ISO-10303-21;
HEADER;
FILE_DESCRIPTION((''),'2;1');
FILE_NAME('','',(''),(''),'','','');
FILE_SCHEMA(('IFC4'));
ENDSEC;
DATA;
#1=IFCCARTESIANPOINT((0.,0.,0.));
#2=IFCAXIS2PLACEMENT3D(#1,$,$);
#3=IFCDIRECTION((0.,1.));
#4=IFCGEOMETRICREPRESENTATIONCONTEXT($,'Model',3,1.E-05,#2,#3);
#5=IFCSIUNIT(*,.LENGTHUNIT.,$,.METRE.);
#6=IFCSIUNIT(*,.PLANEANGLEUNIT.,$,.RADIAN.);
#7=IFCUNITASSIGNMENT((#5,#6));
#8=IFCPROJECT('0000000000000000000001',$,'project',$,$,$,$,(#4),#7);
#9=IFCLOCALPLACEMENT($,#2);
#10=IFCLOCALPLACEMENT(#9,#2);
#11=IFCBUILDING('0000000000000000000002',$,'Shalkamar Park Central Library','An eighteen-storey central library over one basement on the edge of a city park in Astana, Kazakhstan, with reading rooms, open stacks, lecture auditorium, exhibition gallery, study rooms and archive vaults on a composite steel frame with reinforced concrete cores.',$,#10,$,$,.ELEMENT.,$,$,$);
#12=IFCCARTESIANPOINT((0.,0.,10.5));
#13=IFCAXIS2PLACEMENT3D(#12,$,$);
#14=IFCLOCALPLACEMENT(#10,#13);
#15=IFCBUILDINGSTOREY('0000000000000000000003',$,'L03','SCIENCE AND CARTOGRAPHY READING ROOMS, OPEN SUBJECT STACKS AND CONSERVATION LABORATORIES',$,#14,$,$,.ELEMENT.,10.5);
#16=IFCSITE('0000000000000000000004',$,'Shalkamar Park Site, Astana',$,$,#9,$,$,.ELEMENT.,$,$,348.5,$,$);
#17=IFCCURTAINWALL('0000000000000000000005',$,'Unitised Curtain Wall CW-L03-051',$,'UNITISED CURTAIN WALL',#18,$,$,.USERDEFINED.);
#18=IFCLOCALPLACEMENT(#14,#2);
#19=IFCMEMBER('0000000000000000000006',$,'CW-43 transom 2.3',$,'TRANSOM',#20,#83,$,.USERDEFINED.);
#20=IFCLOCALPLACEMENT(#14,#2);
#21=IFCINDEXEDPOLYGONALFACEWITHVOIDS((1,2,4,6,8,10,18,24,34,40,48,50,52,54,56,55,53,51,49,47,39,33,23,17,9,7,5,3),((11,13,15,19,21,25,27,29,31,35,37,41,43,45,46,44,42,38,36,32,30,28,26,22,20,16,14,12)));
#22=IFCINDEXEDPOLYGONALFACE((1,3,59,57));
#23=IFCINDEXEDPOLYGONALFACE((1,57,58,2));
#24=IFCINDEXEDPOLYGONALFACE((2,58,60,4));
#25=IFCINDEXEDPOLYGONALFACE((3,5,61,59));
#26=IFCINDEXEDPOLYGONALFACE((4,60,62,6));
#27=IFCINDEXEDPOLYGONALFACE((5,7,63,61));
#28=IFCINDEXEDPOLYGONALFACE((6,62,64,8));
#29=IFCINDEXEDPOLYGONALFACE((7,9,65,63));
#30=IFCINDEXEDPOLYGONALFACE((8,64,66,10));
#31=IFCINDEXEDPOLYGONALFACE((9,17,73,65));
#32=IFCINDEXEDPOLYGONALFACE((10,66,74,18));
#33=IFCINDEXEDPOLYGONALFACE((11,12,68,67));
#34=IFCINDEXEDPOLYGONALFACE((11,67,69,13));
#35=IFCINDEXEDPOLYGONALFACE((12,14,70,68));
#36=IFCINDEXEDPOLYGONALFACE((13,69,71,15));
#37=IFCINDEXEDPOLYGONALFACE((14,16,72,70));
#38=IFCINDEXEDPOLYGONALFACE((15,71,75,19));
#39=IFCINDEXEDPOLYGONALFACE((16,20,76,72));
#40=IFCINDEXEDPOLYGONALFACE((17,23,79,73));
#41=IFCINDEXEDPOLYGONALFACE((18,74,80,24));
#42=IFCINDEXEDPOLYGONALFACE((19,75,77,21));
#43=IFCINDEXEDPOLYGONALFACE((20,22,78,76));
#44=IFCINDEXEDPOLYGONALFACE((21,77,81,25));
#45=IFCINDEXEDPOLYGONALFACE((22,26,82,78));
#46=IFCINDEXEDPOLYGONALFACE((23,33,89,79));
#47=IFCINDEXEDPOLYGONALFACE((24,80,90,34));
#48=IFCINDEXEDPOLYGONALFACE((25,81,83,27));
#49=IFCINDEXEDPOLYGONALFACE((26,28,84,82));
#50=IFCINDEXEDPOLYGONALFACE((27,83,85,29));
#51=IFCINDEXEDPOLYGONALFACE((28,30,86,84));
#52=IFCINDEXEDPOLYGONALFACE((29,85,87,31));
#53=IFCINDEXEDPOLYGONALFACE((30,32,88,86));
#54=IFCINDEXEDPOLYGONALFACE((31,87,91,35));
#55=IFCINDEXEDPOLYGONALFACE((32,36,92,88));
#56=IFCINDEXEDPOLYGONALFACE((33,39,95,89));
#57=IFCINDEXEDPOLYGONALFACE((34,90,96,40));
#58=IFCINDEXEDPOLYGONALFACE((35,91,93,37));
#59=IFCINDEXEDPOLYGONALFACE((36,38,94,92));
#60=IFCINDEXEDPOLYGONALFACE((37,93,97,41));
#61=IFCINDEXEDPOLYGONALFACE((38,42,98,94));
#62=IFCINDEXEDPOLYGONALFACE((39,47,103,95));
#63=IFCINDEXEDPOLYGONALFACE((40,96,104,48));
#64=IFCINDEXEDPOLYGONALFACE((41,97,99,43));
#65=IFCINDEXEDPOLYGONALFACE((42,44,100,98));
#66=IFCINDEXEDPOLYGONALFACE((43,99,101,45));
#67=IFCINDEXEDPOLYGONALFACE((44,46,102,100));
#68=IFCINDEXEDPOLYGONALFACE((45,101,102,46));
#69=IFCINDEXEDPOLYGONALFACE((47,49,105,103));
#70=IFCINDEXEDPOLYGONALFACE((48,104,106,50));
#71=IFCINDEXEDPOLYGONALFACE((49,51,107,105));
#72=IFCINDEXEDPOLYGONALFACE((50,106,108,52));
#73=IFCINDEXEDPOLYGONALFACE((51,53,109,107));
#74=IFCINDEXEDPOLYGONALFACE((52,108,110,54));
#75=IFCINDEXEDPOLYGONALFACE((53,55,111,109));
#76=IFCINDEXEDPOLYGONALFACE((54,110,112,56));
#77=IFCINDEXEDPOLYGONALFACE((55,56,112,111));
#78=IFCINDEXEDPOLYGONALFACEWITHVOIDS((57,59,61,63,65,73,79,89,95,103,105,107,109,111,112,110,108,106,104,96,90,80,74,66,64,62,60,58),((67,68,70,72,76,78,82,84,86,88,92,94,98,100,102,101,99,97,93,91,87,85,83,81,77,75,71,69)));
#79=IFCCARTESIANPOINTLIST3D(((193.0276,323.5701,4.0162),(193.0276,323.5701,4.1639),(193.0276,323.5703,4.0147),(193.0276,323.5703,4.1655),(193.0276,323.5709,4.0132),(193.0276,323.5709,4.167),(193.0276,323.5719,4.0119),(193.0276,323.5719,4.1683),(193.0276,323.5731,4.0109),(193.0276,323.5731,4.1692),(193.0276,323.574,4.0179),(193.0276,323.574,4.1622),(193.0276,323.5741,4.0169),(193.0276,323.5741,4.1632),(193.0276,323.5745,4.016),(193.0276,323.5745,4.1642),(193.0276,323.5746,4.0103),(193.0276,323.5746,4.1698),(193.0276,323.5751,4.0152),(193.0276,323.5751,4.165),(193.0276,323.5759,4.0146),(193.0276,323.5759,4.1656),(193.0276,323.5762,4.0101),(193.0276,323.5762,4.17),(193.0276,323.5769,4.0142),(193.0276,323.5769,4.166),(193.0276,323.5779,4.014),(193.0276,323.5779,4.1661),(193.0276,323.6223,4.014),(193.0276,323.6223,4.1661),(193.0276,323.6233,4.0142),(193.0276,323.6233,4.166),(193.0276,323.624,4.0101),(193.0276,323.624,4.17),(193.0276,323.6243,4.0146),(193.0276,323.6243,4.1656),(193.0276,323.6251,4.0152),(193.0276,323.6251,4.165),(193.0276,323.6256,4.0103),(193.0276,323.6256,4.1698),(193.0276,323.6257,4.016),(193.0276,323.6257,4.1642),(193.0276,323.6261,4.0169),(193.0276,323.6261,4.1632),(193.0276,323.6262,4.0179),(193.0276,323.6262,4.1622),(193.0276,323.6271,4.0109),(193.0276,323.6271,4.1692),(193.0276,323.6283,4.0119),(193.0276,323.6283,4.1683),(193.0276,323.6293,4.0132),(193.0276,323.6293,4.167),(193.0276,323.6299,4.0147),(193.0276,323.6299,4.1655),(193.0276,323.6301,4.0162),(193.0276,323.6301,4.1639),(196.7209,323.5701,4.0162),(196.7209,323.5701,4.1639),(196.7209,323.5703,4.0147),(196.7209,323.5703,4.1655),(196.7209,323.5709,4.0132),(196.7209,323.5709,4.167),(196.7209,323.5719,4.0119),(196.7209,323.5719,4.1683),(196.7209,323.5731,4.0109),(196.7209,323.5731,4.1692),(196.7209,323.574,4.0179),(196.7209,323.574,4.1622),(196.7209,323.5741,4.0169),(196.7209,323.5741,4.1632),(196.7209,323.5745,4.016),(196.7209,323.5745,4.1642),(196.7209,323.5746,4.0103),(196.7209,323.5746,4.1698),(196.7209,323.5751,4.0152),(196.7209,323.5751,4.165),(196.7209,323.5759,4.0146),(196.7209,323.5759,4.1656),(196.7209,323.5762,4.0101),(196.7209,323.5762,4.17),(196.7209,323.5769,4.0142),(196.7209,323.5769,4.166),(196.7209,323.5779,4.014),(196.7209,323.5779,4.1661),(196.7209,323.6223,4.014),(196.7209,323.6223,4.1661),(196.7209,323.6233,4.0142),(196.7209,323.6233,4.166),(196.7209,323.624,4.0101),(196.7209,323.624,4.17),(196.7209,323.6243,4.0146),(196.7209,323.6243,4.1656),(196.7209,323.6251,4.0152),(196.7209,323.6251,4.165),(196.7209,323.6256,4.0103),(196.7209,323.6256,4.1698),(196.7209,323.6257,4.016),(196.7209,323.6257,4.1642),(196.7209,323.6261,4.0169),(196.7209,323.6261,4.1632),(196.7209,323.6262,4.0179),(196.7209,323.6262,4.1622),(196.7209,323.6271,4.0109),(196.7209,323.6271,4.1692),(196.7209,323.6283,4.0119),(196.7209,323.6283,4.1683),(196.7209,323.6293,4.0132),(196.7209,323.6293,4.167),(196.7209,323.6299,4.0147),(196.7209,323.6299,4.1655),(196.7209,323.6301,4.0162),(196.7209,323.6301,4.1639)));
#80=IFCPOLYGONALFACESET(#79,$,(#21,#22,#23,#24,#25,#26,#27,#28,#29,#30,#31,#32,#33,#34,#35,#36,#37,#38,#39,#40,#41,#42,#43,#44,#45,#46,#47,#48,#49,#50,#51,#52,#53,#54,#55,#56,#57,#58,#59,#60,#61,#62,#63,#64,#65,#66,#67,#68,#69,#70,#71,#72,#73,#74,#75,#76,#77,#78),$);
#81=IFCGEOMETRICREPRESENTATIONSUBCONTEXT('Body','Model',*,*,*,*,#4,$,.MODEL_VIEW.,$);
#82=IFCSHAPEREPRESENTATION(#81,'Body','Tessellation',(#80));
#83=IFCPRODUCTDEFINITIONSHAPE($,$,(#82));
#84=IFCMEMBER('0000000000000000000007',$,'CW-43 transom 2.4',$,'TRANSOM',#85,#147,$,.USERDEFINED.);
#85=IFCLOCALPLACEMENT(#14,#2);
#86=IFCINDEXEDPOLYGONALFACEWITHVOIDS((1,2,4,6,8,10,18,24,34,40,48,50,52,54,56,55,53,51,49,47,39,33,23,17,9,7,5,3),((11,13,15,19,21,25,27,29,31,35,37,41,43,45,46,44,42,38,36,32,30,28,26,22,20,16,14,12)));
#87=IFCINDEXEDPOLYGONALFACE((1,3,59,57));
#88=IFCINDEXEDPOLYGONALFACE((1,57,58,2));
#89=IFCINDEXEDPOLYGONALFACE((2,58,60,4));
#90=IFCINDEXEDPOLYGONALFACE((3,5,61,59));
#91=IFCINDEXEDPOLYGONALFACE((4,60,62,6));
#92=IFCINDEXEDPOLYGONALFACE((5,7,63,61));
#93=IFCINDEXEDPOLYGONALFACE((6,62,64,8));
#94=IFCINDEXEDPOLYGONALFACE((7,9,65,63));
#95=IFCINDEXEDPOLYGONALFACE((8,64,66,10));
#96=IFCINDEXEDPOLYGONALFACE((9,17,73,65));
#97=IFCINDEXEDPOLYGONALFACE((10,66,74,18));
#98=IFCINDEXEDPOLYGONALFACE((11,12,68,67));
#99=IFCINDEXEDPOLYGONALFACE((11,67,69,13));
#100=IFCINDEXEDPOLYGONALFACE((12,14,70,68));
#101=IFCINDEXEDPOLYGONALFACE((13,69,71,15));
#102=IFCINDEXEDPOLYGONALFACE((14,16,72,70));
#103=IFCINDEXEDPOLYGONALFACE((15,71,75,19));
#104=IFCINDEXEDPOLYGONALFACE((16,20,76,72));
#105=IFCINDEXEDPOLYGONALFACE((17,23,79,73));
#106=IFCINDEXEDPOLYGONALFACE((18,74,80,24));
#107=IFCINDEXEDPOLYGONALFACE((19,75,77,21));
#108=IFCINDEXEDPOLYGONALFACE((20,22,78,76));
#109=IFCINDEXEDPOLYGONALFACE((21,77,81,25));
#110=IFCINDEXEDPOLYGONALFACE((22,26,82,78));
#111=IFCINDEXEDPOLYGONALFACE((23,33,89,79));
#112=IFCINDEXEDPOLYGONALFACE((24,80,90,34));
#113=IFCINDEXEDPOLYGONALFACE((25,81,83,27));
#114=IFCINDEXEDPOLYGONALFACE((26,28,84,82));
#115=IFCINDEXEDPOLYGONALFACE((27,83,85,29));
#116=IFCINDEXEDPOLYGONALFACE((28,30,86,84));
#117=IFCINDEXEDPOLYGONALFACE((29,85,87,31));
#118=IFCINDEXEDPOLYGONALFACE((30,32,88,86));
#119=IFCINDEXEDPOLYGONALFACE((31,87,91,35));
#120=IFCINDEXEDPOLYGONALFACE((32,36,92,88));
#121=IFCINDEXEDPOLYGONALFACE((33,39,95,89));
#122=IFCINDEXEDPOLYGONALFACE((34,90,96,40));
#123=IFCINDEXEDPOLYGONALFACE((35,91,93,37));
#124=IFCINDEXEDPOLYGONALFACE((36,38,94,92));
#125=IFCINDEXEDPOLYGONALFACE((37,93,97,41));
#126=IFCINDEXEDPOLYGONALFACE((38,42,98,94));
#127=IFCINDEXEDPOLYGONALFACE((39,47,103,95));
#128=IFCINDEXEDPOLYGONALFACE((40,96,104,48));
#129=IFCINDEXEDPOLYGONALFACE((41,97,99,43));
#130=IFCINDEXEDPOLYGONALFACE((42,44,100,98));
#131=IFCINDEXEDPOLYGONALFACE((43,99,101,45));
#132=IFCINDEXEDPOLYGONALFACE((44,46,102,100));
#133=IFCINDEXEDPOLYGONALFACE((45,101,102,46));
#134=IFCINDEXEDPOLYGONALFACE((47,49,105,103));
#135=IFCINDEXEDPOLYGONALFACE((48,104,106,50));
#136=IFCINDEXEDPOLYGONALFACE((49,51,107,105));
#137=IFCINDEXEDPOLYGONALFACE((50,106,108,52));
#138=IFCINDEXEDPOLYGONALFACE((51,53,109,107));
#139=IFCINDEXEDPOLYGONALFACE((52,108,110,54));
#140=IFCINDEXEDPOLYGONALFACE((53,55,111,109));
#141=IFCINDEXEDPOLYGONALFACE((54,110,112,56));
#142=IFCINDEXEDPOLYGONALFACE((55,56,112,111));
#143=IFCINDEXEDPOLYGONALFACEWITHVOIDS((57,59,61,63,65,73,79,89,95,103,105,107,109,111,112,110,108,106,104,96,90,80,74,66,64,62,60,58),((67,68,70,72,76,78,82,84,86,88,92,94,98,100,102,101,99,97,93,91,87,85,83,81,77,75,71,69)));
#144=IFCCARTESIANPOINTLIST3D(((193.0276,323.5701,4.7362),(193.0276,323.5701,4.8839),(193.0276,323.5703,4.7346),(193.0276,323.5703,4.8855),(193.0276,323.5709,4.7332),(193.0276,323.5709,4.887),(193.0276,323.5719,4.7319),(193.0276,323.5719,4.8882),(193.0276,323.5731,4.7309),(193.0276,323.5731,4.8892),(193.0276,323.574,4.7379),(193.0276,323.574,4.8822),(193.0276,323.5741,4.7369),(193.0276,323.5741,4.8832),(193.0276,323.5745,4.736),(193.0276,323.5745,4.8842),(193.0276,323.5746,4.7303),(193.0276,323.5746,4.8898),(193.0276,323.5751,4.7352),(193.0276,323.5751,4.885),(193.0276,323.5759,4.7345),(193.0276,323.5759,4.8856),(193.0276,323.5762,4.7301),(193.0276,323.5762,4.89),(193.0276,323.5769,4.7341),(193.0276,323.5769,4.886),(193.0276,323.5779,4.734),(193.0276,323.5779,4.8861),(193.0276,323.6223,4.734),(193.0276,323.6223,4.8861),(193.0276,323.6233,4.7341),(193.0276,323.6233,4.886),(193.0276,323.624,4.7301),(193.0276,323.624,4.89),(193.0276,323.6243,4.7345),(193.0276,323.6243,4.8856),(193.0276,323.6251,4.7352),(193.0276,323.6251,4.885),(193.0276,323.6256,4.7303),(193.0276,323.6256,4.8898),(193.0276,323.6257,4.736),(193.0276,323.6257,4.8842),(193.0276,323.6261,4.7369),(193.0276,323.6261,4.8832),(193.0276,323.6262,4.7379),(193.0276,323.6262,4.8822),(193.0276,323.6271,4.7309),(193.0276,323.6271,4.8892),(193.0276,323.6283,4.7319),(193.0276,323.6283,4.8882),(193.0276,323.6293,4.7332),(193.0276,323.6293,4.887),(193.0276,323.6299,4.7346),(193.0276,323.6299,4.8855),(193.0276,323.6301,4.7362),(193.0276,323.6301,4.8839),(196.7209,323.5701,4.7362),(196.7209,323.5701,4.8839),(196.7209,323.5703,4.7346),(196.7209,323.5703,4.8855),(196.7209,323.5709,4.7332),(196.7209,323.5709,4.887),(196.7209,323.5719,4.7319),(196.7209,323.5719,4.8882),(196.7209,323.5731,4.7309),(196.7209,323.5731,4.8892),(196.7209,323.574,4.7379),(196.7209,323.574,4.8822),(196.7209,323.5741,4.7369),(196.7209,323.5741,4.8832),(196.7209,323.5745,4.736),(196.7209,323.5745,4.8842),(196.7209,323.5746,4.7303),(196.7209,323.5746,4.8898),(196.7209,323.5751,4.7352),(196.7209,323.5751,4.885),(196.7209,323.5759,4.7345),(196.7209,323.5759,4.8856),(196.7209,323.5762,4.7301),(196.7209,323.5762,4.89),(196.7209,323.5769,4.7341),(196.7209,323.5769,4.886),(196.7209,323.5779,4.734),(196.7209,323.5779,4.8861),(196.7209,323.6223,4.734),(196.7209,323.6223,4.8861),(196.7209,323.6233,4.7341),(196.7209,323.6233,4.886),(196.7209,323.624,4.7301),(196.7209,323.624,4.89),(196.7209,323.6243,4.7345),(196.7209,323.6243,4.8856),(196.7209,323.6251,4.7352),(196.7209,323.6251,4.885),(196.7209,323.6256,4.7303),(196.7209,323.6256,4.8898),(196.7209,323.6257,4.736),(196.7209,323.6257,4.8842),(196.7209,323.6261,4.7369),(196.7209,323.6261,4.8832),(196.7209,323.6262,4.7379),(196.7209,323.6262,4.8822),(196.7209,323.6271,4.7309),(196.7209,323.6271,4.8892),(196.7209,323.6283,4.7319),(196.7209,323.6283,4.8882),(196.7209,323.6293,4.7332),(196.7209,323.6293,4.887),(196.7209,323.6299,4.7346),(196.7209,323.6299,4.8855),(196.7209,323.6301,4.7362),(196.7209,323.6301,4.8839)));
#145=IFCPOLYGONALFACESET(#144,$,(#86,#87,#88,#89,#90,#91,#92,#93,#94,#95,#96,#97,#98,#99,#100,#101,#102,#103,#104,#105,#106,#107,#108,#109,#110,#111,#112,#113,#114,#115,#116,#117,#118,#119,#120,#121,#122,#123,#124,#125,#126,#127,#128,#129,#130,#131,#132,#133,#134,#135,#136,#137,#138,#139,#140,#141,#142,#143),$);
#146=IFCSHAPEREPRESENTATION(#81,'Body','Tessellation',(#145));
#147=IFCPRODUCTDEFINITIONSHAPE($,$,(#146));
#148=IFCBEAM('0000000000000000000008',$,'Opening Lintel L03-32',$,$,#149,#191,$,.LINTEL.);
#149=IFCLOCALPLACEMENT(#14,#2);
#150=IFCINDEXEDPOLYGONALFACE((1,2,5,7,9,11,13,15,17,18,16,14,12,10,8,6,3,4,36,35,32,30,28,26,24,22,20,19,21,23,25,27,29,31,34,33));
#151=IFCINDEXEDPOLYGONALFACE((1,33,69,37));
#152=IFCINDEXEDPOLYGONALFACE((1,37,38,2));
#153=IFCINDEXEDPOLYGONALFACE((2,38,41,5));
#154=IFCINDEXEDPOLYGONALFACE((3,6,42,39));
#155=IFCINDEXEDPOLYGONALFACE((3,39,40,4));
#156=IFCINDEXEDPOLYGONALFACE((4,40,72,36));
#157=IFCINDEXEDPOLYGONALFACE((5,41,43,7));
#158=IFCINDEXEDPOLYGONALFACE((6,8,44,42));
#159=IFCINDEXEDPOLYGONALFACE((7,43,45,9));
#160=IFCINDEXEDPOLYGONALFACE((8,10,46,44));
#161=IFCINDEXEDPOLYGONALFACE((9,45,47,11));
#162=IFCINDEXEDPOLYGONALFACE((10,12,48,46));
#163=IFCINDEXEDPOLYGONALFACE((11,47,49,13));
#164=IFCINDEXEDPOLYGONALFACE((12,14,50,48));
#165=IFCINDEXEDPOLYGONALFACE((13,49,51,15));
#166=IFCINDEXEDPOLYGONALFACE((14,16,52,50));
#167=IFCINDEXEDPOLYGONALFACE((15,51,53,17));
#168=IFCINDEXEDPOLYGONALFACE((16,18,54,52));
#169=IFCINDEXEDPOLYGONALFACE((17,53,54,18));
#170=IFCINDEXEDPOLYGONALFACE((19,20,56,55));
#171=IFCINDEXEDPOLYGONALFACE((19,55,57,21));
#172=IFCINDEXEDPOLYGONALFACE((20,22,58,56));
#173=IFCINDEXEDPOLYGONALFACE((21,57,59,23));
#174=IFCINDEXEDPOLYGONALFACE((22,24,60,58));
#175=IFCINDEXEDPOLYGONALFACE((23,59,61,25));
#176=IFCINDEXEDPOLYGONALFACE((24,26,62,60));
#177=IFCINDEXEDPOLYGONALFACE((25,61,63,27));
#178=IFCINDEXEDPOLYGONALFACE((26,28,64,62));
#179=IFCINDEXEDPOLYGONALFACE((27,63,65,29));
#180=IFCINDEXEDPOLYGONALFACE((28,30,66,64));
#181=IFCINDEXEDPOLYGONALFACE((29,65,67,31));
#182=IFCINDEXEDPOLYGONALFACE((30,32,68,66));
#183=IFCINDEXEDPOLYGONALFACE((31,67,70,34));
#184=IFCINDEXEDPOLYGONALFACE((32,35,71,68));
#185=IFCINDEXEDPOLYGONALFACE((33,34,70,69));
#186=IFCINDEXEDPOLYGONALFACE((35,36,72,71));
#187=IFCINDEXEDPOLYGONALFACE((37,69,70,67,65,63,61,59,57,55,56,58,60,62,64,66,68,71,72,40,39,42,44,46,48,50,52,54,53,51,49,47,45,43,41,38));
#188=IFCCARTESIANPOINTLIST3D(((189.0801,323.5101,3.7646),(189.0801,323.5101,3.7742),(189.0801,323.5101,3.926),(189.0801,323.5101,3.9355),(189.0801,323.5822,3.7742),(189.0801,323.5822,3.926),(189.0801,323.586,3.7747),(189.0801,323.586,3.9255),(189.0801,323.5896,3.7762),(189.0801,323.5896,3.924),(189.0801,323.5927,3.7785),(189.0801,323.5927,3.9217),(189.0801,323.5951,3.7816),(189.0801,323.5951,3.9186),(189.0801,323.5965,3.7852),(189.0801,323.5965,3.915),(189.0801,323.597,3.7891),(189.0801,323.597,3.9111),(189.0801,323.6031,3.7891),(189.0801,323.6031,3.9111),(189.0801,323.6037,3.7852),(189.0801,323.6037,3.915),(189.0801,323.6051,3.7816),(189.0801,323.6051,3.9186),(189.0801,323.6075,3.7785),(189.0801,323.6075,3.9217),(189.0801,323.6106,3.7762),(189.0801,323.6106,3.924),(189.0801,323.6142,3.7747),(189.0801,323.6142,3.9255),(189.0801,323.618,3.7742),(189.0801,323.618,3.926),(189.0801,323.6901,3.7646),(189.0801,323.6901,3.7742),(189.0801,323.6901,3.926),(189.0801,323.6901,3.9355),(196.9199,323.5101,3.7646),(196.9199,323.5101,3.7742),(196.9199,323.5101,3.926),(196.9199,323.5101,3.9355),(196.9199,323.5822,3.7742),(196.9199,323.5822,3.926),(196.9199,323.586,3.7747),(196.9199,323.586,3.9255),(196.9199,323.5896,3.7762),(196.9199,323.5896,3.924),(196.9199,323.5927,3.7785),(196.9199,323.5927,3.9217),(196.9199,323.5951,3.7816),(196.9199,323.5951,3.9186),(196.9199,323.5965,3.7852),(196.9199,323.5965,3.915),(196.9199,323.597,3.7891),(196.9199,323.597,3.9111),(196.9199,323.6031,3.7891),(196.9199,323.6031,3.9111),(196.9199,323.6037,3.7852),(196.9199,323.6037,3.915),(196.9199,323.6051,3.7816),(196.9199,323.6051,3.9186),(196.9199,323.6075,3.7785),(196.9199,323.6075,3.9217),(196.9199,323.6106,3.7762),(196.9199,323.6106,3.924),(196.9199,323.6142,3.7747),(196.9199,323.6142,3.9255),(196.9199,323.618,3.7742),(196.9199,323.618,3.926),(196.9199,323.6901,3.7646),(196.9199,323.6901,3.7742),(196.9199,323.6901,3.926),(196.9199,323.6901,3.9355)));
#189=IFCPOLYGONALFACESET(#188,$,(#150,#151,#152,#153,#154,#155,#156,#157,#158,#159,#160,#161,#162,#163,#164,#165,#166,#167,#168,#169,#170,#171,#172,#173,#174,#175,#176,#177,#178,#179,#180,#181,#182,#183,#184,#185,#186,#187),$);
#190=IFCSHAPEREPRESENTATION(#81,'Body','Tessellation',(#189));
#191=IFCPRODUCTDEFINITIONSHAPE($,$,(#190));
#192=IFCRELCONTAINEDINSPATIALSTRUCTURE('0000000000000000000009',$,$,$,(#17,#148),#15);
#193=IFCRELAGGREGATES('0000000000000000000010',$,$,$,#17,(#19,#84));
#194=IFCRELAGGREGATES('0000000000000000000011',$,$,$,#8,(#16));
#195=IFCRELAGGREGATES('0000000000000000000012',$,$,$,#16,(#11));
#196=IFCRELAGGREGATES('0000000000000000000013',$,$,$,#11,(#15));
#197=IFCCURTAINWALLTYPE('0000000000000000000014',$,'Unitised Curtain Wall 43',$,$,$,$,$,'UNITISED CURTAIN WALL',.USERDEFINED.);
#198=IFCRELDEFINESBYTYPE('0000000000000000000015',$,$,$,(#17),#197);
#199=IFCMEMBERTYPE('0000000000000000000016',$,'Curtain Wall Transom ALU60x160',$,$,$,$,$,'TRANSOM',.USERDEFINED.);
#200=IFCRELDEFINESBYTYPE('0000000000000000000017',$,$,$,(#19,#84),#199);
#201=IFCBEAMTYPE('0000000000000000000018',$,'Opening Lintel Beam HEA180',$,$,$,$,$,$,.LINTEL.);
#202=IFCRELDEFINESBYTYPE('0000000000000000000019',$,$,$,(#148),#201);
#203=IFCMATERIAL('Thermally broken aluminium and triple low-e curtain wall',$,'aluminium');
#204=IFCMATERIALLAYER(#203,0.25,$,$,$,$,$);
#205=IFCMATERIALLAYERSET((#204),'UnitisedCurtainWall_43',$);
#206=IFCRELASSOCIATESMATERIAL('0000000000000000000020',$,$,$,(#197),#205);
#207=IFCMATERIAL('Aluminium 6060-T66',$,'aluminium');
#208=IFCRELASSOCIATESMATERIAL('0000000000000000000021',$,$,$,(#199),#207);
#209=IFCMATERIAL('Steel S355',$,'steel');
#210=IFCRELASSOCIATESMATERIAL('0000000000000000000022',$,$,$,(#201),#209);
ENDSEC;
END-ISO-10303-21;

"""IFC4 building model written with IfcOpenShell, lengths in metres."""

from ifc_helpers import new_model, si_unit, direction, frame, origin, origin_2d, place, context, subcontext, project, spatial, hollow_rectangle, i_section, extrude, material, layer, layer_set, material_profile, profile_set, type_object, element, aggregate, save


model = new_model("IFC4")

# Units and contexts
model_context = context("Model", 3, precision=1e-05, world=origin(), true_north=direction((0.0, 1.0)))
body_context = subcontext(model_context, "Body", "Model", "MODEL_VIEW")
ifc_project = project(units=[si_unit("LENGTHUNIT", "METRE"), si_unit("PLANEANGLEUNIT", "RADIAN")], contexts=[model_context])

# Site, building, storey
site_placement = place(None, origin())
site = spatial("IfcSite", under=ifc_project, at=site_placement, Name="Shalkamar Park Site, Astana", CompositionType="ELEMENT", RefElevation=348.5)
building_placement = place(site_placement, origin())
building = spatial("IfcBuilding", under=site, at=building_placement, Name="Shalkamar Park Central Library", Description="An eighteen-storey central library over one basement on the edge of a city park in Astana, Kazakhstan, with reading rooms, open stacks, lecture auditorium, exhibition gallery, study rooms and archive vaults on a composite steel frame with reinforced concrete cores.", CompositionType="ELEMENT")
storey_placement = place(building_placement, frame((0.0, 0.0, 10.5)))
storey = spatial("IfcBuildingStorey", under=building, at=storey_placement, Name="L03", Description="SCIENCE AND CARTOGRAPHY READING ROOMS, OPEN SUBJECT STACKS AND CONSERVATION LABORATORIES", CompositionType="ELEMENT", Elevation=10.5)

# Shared definitions
ifc_material_1 = material(Name="Steel S355", Category="steel")

# Curtain wall, members
ifc_material_2 = material(Name="Thermally broken aluminium and triple low-e curtain wall", Category="aluminium")
ifc_layer_1 = layer(ifc_material_2, 0.25)
ifc_layer_set_1 = layer_set([ifc_layer_1], Name="UnitisedCurtainWall_43")
curtain_wall_type = type_object("IfcCurtainWallType", Name="Unitised Curtain Wall 43", ElementType="UNITISED CURTAIN WALL", PredefinedType="USERDEFINED", material=ifc_layer_set_1)
curtain_wall_placement = place(storey_placement, origin())
curtain_wall = element("IfcCurtainWall", 1, at=curtain_wall_placement, inside=storey, type_object=curtain_wall_type, Name="Unitised Curtain Wall CW-L03-051", ObjectType="UNITISED CURTAIN WALL", PredefinedType="USERDEFINED")
ifc_material_3 = material(Name="Aluminium 6060-T66", Category="aluminium")
ifc_material_profile_1 = material_profile(ifc_material_3, hollow_rectangle(XDim=0.0601, YDim=0.1599, WallThickness=0.0039, InnerFilletRadius=0.0039, OuterFilletRadius=0.0061, at=origin_2d()), Name="ALU 60x160x4")
ifc_profile_set_1 = profile_set([ifc_material_profile_1], Name="Aluminium 6060-T66")
member_type_1 = type_object("IfcMemberType", Name="Curtain Wall Transom ALU60x160", ElementType="TRANSOM", PredefinedType="USERDEFINED", material=ifc_profile_set_1)
member_1_placement = place(storey_placement, frame((193.0276, 323.6001, 4.0901), z_axis=(1.0, 0.0, 0.0), x_axis=(0.0, 1.0, 0.0)))
member_1 = element("IfcMember", 2, at=member_1_placement, type_object=member_type_1, Name="CW-43 transom 2.3", ObjectType="TRANSOM", PredefinedType="USERDEFINED", context=body_context, shape_type="SweptSolid", body=[
    extrude(hollow_rectangle(XDim=0.0601, YDim=0.1599, WallThickness=0.0039, InnerFilletRadius=0.0039, OuterFilletRadius=0.0061, at=origin_2d()), origin(), (0.0, 0.0, 1.0), 3.6934),
])
member_2_placement = place(storey_placement, frame((193.0276, 323.6001, 4.8101), z_axis=(1.0, 0.0, 0.0), x_axis=(0.0, 1.0, 0.0)))
member_2 = element("IfcMember", 3, at=member_2_placement, type_object=member_type_1, Name="CW-43 transom 2.4", ObjectType="TRANSOM", PredefinedType="USERDEFINED", context=body_context, shape_type="SweptSolid", body=[
    extrude(hollow_rectangle(XDim=0.0601, YDim=0.1599, WallThickness=0.0039, InnerFilletRadius=0.0039, OuterFilletRadius=0.0061, at=origin_2d()), origin(), (0.0, 0.0, 1.0), 3.6934),
])

# Beam
ifc_material_profile_2 = material_profile(ifc_material_1, i_section(OverallWidth=0.1799, OverallDepth=0.1709, WebThickness=0.0061, FlangeThickness=0.0095, FilletRadius=0.0149, at=origin_2d()), Name="HEA 180")
ifc_profile_set_2 = profile_set([ifc_material_profile_2], Name="Steel S355")
beam_type_1 = type_object("IfcBeamType", Name="Opening Lintel Beam HEA180", PredefinedType="LINTEL", material=ifc_profile_set_2)
beam_1_placement = place(storey_placement, frame((189.0801, 323.6001, 3.8501), z_axis=(1.0, 0.0, 0.0), x_axis=(0.0, 1.0, 0.0)))
element("IfcBeam", 4, at=beam_1_placement, inside=storey, type_object=beam_type_1, Name="Opening Lintel L03-32", PredefinedType="LINTEL", context=body_context, shape_type="SweptSolid", body=[
    extrude(i_section(OverallWidth=0.1799, OverallDepth=0.1709, WebThickness=0.0061, FlangeThickness=0.0095, FilletRadius=0.0149, at=origin_2d()), origin(), (0.0, 0.0, 1.0), 7.8398),
])

aggregate(curtain_wall, [member_1, member_2])

save(model, "model.ifc")
